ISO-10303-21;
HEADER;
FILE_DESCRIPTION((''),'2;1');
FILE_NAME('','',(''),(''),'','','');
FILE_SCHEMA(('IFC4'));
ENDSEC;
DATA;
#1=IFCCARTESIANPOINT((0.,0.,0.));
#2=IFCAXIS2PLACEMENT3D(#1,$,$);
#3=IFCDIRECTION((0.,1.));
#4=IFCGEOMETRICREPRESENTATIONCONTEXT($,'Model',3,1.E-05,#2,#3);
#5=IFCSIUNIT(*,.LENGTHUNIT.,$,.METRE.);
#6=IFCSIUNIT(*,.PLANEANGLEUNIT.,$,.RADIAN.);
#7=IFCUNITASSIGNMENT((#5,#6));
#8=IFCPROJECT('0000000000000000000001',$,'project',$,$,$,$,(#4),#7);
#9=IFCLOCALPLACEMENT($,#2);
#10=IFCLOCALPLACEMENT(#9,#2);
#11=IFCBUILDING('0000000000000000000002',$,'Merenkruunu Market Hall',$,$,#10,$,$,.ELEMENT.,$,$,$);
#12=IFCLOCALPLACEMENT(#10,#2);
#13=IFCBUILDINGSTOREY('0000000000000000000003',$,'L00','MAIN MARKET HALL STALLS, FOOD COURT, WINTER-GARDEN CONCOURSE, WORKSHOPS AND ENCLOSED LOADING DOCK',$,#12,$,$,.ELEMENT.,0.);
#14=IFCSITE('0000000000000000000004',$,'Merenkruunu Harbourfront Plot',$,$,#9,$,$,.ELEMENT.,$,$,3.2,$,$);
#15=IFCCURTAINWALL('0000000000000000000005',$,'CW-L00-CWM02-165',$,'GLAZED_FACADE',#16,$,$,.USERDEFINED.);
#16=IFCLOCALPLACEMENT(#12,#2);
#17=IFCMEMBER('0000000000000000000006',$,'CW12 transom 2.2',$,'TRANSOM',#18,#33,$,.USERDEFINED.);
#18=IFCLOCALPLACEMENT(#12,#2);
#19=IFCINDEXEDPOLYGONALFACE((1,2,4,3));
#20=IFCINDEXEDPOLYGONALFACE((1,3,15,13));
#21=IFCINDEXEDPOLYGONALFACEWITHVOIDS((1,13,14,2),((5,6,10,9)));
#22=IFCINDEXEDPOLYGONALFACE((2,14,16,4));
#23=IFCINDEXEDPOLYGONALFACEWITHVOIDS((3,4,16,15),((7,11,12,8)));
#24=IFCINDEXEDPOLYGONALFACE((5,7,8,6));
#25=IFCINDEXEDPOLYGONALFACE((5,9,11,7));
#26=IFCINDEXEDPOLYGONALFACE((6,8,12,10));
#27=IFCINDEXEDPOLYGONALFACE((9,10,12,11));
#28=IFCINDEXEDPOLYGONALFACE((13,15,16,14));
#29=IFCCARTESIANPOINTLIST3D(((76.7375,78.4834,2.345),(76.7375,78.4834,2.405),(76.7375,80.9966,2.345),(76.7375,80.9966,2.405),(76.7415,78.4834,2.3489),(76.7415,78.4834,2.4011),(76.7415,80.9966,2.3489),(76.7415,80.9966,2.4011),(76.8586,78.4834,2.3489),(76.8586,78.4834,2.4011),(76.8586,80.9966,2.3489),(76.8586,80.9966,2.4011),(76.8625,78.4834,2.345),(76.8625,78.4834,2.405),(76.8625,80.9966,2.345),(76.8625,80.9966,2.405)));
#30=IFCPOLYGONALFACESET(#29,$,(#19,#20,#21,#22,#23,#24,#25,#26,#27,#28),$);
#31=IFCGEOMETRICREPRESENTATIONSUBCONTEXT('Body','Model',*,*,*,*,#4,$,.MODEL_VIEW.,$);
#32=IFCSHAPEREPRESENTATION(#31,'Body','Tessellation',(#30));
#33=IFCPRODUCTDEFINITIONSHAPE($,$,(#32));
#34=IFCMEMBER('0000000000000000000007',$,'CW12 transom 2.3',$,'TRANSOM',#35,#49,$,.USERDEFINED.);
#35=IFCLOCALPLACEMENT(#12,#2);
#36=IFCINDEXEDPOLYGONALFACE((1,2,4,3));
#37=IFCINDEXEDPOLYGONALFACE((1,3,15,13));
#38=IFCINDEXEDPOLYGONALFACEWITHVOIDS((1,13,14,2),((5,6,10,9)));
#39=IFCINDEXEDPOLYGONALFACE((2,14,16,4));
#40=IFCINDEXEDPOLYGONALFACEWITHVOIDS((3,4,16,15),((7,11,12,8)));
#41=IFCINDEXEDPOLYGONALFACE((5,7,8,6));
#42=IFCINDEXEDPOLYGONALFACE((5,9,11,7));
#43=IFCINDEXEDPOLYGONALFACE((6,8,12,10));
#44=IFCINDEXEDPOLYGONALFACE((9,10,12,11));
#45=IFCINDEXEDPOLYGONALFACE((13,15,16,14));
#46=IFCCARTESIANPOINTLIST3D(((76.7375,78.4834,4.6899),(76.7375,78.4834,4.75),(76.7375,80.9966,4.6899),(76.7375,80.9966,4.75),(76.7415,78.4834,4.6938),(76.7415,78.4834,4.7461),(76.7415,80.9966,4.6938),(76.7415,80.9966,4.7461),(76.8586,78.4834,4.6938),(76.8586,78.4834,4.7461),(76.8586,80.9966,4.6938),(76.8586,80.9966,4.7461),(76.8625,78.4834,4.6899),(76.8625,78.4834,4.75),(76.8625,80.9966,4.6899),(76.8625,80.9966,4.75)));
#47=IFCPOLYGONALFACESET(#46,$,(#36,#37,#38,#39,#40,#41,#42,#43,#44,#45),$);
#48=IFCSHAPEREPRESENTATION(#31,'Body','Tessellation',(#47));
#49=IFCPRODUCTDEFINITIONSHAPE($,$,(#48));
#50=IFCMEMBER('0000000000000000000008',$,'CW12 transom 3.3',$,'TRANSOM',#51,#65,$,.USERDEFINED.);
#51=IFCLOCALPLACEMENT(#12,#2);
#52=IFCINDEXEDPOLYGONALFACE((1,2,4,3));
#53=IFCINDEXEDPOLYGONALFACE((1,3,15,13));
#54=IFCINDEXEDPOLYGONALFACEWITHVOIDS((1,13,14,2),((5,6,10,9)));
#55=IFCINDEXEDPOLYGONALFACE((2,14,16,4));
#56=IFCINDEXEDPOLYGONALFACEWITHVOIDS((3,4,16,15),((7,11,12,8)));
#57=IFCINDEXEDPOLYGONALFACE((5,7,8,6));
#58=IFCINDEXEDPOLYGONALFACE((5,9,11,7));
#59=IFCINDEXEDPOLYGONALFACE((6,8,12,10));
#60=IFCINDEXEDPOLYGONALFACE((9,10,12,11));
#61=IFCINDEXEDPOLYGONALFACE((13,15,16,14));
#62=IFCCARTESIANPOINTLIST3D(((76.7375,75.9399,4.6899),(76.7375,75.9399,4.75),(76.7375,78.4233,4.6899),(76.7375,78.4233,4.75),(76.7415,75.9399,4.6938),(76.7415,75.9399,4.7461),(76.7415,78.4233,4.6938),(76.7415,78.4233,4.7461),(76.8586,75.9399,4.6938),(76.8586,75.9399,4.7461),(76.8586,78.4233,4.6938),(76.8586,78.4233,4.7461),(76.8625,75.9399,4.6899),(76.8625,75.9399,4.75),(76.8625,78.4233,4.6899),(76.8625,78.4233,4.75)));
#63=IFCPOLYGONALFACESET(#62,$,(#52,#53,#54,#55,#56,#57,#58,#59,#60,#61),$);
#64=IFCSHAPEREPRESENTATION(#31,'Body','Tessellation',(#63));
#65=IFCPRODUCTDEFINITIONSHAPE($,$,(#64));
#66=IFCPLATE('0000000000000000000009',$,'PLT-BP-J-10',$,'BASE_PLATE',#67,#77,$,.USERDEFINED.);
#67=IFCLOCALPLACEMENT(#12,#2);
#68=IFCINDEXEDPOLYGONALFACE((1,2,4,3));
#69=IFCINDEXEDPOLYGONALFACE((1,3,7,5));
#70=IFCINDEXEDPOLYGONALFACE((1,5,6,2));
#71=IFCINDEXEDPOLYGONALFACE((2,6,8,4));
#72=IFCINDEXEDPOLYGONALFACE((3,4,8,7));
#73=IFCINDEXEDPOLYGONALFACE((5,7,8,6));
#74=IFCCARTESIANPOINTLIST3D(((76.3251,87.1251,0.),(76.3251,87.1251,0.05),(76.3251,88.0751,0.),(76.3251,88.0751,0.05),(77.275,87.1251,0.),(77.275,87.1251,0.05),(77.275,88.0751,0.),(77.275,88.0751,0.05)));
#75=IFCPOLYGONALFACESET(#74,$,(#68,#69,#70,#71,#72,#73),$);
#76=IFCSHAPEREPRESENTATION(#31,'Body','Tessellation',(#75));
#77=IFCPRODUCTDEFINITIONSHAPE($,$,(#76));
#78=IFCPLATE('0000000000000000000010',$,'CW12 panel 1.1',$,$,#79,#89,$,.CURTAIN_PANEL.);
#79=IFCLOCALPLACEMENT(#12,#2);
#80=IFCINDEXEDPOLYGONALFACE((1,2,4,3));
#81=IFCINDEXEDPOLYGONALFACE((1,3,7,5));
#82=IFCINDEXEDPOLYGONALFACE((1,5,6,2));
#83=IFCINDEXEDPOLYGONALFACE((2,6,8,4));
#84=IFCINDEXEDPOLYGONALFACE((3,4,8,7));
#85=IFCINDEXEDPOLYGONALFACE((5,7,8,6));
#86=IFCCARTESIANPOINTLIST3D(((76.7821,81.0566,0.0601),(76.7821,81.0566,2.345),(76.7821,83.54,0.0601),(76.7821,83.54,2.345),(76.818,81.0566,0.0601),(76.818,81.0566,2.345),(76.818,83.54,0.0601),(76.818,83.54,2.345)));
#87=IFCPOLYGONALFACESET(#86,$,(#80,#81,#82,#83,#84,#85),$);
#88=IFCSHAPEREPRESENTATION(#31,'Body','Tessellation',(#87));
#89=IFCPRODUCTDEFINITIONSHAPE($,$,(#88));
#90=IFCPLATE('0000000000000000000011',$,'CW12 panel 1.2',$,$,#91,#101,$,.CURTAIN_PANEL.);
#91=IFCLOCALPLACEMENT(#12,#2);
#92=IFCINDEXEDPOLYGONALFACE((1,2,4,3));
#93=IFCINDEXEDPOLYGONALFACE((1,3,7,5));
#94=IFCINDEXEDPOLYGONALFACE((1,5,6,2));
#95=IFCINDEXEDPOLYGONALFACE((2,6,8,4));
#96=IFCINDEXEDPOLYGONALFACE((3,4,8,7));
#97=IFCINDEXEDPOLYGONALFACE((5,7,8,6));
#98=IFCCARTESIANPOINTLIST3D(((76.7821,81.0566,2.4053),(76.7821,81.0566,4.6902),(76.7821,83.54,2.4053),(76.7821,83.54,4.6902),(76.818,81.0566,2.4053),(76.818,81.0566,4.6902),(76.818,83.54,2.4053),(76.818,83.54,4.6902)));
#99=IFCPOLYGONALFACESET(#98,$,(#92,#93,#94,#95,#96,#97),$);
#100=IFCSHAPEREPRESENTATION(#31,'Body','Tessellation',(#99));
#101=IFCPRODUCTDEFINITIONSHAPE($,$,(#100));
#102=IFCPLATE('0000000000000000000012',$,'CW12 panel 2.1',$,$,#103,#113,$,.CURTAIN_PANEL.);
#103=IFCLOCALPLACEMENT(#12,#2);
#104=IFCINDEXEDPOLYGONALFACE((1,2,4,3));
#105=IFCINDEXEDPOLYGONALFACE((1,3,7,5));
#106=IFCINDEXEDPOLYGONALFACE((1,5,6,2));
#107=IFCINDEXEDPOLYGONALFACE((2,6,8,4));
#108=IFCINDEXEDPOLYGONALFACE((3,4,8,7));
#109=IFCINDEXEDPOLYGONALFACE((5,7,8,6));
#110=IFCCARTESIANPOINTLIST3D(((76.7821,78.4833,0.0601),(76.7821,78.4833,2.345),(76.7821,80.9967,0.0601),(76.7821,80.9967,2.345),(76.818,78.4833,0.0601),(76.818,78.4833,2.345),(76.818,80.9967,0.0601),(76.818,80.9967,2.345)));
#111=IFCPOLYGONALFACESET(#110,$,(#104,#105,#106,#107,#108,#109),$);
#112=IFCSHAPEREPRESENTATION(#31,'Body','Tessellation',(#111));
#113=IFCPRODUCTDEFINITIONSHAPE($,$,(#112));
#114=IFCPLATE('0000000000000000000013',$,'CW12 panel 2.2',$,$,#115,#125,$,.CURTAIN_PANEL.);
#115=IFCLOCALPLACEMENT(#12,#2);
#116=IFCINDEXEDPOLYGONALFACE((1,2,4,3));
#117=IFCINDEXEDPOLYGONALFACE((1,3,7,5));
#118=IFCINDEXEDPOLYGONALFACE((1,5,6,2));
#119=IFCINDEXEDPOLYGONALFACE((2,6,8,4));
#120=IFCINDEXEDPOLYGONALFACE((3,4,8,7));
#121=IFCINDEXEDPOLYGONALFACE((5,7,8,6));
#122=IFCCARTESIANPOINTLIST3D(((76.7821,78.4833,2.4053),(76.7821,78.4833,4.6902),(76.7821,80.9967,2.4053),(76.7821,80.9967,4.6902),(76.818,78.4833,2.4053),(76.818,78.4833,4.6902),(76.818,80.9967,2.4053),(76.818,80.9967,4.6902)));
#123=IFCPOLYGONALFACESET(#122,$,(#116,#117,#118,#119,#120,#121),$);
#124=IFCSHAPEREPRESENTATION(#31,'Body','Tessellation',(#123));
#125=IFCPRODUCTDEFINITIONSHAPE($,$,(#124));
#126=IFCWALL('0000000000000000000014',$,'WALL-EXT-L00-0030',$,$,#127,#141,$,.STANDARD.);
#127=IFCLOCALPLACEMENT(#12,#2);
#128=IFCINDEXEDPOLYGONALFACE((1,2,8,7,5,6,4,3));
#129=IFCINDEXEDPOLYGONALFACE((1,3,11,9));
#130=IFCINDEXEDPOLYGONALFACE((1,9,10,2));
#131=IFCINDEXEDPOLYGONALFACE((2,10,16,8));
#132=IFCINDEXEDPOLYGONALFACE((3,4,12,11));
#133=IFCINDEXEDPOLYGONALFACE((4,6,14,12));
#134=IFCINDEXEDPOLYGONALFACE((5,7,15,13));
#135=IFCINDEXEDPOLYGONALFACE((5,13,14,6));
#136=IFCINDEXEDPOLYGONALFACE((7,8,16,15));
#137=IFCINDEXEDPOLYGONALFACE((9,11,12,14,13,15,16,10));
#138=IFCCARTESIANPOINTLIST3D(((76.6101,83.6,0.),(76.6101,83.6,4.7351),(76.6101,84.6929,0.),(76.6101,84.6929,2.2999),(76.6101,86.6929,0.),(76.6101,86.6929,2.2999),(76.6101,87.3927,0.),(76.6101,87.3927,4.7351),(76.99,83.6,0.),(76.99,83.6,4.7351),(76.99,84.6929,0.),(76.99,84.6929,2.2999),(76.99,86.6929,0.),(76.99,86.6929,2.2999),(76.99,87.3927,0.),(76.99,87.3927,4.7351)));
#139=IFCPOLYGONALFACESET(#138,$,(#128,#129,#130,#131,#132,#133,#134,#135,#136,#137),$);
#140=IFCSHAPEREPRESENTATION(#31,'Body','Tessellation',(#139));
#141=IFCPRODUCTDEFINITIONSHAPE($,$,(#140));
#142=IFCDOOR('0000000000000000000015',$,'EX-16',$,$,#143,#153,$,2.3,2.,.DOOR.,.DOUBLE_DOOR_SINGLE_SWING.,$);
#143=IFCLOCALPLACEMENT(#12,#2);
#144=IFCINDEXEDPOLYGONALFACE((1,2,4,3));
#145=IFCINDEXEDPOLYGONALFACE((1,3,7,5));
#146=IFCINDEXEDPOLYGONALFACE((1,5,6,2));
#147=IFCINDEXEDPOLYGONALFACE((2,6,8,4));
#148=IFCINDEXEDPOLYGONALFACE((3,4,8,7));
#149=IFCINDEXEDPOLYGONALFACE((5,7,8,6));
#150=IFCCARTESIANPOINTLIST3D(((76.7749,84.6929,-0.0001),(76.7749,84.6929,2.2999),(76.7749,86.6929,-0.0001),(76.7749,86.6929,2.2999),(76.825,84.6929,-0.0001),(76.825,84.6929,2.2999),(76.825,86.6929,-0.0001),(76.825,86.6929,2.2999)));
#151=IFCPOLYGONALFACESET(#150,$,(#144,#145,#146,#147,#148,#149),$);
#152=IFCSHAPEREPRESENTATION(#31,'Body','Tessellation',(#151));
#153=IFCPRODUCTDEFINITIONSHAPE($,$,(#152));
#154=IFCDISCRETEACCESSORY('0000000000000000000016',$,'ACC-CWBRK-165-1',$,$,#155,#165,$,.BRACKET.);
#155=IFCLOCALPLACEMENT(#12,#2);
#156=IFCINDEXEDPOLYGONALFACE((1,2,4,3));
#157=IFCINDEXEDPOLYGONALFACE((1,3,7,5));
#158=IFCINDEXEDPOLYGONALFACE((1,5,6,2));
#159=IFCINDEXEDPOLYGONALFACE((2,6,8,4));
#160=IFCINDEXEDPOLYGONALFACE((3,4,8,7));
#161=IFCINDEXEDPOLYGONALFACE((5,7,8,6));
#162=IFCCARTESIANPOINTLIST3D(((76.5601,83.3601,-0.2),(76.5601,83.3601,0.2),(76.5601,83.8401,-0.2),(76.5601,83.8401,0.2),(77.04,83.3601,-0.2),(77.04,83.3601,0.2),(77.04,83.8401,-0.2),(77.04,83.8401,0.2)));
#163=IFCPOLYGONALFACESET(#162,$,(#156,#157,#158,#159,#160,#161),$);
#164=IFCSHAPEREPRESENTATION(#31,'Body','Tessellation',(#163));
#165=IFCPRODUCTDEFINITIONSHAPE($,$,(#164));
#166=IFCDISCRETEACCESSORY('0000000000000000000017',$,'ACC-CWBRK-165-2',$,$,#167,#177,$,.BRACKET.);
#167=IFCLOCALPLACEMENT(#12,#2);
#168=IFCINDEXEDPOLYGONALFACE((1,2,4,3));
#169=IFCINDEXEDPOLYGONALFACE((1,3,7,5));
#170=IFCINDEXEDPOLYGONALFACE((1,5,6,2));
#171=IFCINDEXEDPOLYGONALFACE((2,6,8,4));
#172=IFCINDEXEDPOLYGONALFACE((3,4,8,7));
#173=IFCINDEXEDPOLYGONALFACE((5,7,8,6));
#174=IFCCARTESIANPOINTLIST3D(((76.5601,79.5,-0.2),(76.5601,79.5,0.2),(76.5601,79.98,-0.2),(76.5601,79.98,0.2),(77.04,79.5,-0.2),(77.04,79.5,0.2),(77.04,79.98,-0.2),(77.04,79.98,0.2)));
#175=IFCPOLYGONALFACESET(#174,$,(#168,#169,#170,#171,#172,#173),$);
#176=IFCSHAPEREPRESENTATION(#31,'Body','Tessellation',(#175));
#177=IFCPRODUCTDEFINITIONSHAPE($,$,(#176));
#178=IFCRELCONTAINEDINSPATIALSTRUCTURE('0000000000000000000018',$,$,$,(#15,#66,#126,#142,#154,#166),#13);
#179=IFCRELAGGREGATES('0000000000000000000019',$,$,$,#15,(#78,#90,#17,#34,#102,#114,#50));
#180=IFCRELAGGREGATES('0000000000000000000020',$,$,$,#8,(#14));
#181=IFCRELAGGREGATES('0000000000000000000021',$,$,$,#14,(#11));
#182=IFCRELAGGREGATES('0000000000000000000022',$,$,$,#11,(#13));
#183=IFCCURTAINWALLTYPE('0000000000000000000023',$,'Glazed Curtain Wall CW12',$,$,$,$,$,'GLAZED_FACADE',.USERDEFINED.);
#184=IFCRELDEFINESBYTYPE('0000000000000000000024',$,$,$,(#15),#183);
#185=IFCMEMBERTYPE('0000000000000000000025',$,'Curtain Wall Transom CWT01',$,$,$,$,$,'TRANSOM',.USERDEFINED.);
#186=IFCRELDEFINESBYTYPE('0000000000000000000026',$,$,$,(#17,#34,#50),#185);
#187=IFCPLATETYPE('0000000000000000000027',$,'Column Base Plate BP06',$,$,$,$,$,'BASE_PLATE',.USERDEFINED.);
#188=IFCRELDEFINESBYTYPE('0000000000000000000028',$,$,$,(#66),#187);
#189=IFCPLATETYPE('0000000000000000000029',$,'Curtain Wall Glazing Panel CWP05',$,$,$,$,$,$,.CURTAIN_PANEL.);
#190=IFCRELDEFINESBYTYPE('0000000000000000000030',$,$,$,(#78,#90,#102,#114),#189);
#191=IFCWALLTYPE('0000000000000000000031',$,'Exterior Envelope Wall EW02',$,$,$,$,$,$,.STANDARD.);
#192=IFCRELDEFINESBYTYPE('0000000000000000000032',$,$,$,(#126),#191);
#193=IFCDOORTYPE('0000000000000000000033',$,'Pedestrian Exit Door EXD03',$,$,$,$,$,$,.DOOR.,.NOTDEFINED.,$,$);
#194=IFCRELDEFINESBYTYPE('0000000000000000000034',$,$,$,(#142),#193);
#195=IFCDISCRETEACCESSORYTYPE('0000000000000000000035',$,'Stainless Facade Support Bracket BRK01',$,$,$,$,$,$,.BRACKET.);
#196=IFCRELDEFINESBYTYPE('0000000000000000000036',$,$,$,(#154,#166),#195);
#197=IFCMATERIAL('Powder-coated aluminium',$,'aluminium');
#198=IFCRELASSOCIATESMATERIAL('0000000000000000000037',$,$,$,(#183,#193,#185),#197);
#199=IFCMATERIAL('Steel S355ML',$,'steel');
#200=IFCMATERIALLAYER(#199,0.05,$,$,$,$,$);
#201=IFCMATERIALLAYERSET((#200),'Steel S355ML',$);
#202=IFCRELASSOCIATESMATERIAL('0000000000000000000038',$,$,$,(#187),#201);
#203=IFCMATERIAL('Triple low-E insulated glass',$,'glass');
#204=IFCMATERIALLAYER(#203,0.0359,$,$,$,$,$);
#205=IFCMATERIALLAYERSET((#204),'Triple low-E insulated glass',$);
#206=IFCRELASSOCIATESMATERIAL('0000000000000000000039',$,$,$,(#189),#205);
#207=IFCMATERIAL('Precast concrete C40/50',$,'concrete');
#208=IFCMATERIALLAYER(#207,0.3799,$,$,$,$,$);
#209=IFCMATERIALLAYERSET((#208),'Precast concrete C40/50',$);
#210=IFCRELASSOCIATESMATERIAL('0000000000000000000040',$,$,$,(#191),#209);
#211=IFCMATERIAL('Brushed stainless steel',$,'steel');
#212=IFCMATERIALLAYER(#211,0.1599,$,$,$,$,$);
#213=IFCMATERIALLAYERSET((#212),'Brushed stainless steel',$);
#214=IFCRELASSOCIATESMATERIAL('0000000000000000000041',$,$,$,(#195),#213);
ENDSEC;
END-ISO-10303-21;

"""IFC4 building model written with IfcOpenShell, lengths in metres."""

from ifc_helpers import new_model, si_unit, direction, frame, frame_2d, origin, origin_2d, place, context, subcontext, project, spatial, rectangle, hollow_rectangle, extrude, material, layer, layer_set, material_profile, profile_set, type_object, element, fill, aggregate, save


model = new_model("IFC4")

# Units and contexts
model_context = context("Model", 3, precision=1e-05, world=origin(), true_north=direction((0.0, 1.0)))
body_context = subcontext(model_context, "Body", "Model", "MODEL_VIEW")
ifc_project = project(units=[si_unit("LENGTHUNIT", "METRE"), si_unit("PLANEANGLEUNIT", "RADIAN")], contexts=[model_context])

# Site, building, storey
site_placement = place(None, origin())
site = spatial("IfcSite", under=ifc_project, at=site_placement, Name="Merenkruunu Harbourfront Plot", CompositionType="ELEMENT", RefElevation=3.2)
building_placement = place(site_placement, origin())
building = spatial("IfcBuilding", under=site, at=building_placement, Name="Merenkruunu Market Hall", CompositionType="ELEMENT")
storey_placement = place(building_placement, origin())
storey = spatial("IfcBuildingStorey", under=building, at=storey_placement, Name="L00", Description="MAIN MARKET HALL STALLS, FOOD COURT, WINTER-GARDEN CONCOURSE, WORKSHOPS AND ENCLOSED LOADING DOCK", CompositionType="ELEMENT", Elevation=0.0)

# Shared definitions
ifc_material_1 = material(Name="Steel S355ML", Category="steel")

# Curtain wall, members
ifc_material_2 = material(Name="Powder-coated aluminium", Category="aluminium")
curtain_wall_type = type_object("IfcCurtainWallType", Name="Glazed Curtain Wall CW12", ElementType="GLAZED_FACADE", PredefinedType="USERDEFINED", material=ifc_material_2)
curtain_wall_placement = place(storey_placement, origin())
curtain_wall = element("IfcCurtainWall", 1, at=curtain_wall_placement, inside=storey, type_object=curtain_wall_type, Name="CW-L00-CWM02-165", ObjectType="GLAZED_FACADE", PredefinedType="USERDEFINED")
ifc_material_profile_1 = material_profile(ifc_material_2, hollow_rectangle(XDim=0.0601, YDim=0.125, WallThickness=0.0039, at=origin_2d()), Name="ALU 60x125x4")
ifc_profile_set_1 = profile_set([ifc_material_profile_1], Name="Powder-coated aluminium")
member_type_1 = type_object("IfcMemberType", Name="Curtain Wall Transom CWT01", ElementType="TRANSOM", PredefinedType="USERDEFINED", material=ifc_profile_set_1)
member_1_placement = place(storey_placement, frame((76.8, 80.9966, 2.375), z_axis=(0.0, -1.0, 0.0), x_axis=(0.0, 0.0, 1.0)))
member_1 = element("IfcMember", 2, at=member_1_placement, type_object=member_type_1, Name="CW12 transom 2.2", ObjectType="TRANSOM", PredefinedType="USERDEFINED", context=body_context, shape_type="SweptSolid", body=[
    extrude(hollow_rectangle(XDim=0.0601, YDim=0.125, WallThickness=0.0039, at=origin_2d()), origin(), (0.0, 0.0, 1.0), 2.5132),
])
member_2_placement = place(storey_placement, frame((76.8, 80.9966, 4.72), z_axis=(0.0, -1.0, 0.0), x_axis=(0.0, 0.0, 1.0)))
member_2 = element("IfcMember", 3, at=member_2_placement, type_object=member_type_1, Name="CW12 transom 2.3", ObjectType="TRANSOM", PredefinedType="USERDEFINED", context=body_context, shape_type="SweptSolid", body=[
    extrude(hollow_rectangle(XDim=0.0601, YDim=0.125, WallThickness=0.0039, at=origin_2d()), origin(), (0.0, 0.0, 1.0), 2.5132),
])
member_3_placement = place(storey_placement, frame((76.8, 78.4233, 4.72), z_axis=(0.0, -1.0, 0.0), x_axis=(0.0, 0.0, 1.0)))
member_3 = element("IfcMember", 4, at=member_3_placement, type_object=member_type_1, Name="CW12 transom 3.3", ObjectType="TRANSOM", PredefinedType="USERDEFINED", context=body_context, shape_type="SweptSolid", body=[
    extrude(hollow_rectangle(XDim=0.0601, YDim=0.125, WallThickness=0.0039, at=origin_2d()), origin(), (0.0, 0.0, 1.0), 2.4834),
])

# Plates
ifc_layer_1 = layer(ifc_material_1, 0.05)
ifc_layer_set_1 = layer_set([ifc_layer_1], Name="Steel S355ML")
plate_type_1 = type_object("IfcPlateType", Name="Column Base Plate BP06", ElementType="BASE_PLATE", PredefinedType="USERDEFINED", material=ifc_layer_set_1)
plate_1_placement = place(storey_placement, frame((76.8, 87.6001, 0.0), z_axis=(0.0, 0.0, 1.0), x_axis=(1.0, 0.0, 0.0)))
element("IfcPlate", 5, at=plate_1_placement, inside=storey, type_object=plate_type_1, Name="PLT-BP-J-10", ObjectType="BASE_PLATE", PredefinedType="USERDEFINED", context=body_context, shape_type="SweptSolid", body=[
    extrude(rectangle(XDim=0.95, YDim=0.95, at=origin_2d()), origin(), (0.0, 0.0, 1.0), 0.05),
])
ifc_material_3 = material(Name="Triple low-E insulated glass", Category="glass")
ifc_layer_2 = layer(ifc_material_3, 0.0359)
ifc_layer_set_2 = layer_set([ifc_layer_2], Name="Triple low-E insulated glass")
plate_type_2 = type_object("IfcPlateType", Name="Curtain Wall Glazing Panel CWP05", PredefinedType="CURTAIN_PANEL", material=ifc_layer_set_2)
plate_2_placement = place(storey_placement, frame((76.8, 82.2983, 0.0601), z_axis=(0.0, 0.0, 1.0), x_axis=(0.0, -1.0, 0.0)))
plate_2 = element("IfcPlate", 6, at=plate_2_placement, type_object=plate_type_2, Name="CW12 panel 1.1", PredefinedType="CURTAIN_PANEL", context=body_context, shape_type="SweptSolid", body=[
    extrude(rectangle(XDim=2.4834, YDim=0.0359, at=origin_2d()), origin(), (0.0, 0.0, 1.0), 2.2849),
])
plate_3_placement = place(storey_placement, frame((76.8, 82.2983, 2.4053), z_axis=(0.0, 0.0, 1.0), x_axis=(0.0, -1.0, 0.0)))
plate_3 = element("IfcPlate", 7, at=plate_3_placement, type_object=plate_type_2, Name="CW12 panel 1.2", PredefinedType="CURTAIN_PANEL", context=body_context, shape_type="SweptSolid", body=[
    extrude(rectangle(XDim=2.4834, YDim=0.0359, at=origin_2d()), origin(), (0.0, 0.0, 1.0), 2.2849),
])
plate_4_placement = place(storey_placement, frame((76.8, 79.74, 0.0601), z_axis=(0.0, 0.0, 1.0), x_axis=(0.0, -1.0, 0.0)))
plate_4 = element("IfcPlate", 8, at=plate_4_placement, type_object=plate_type_2, Name="CW12 panel 2.1", PredefinedType="CURTAIN_PANEL", context=body_context, shape_type="SweptSolid", body=[
    extrude(rectangle(XDim=2.5134, YDim=0.0359, at=origin_2d()), origin(), (0.0, 0.0, 1.0), 2.2849),
])
plate_5_placement = place(storey_placement, frame((76.8, 79.74, 2.4053), z_axis=(0.0, 0.0, 1.0), x_axis=(0.0, -1.0, 0.0)))
plate_5 = element("IfcPlate", 9, at=plate_5_placement, type_object=plate_type_2, Name="CW12 panel 2.2", PredefinedType="CURTAIN_PANEL", context=body_context, shape_type="SweptSolid", body=[
    extrude(rectangle(XDim=2.5134, YDim=0.0359, at=origin_2d()), origin(), (0.0, 0.0, 1.0), 2.2849),
])
aggregate(curtain_wall, [plate_2, plate_3, member_1, member_2, plate_4, plate_5, member_3])

# Wall, opening, door
ifc_material_4 = material(Name="Precast concrete C40/50", Category="concrete")
ifc_layer_3 = layer(ifc_material_4, 0.3799)
ifc_layer_set_3 = layer_set([ifc_layer_3], Name="Precast concrete C40/50")
wall_type = type_object("IfcWallType", Name="Exterior Envelope Wall EW02", PredefinedType="STANDARD", material=ifc_layer_set_3)
wall_placement = place(storey_placement, frame((76.8, 87.3928, 0.0), z_axis=(0.0, 0.0, 1.0), x_axis=(0.0, -1.0, 0.0)))
wall = element("IfcWall", 10, at=wall_placement, inside=storey, type_object=wall_type, Name="WALL-EXT-L00-0030", PredefinedType="STANDARD", context=body_context, shape_type="SweptSolid", body=[
    extrude(rectangle(XDim=3.7927, YDim=0.3799, at=frame_2d((1.8965, 0.0))), origin(), (0.0, 0.0, 1.0), 4.7351),
])
opening_placement = place(wall_placement, frame((0.7, 0.0, 0.0)))
opening = element("IfcOpeningElement", 11, at=opening_placement, cuts=wall, PredefinedType="OPENING", context=body_context, shape_type="SweptSolid", body=[
    extrude(rectangle(XDim=2.0, YDim=2.3, at=frame_2d((1.0, 1.1499))), frame((0.0, 0.2, 0.0), z_axis=(0.0, -1.0, 0.0), x_axis=(1.0, 0.0, 0.0)), (0.0, 0.0, 1.0), 0.3999),
])
door_type = type_object("IfcDoorType", Name="Pedestrian Exit Door EXD03", OperationType="NOTDEFINED", PredefinedType="DOOR", material=ifc_material_2)
door_placement = place(opening_placement, origin())
door = element("IfcDoor", 12, at=door_placement, inside=storey, type_object=door_type, Name="EX-16", OperationType="DOUBLE_DOOR_SINGLE_SWING", OverallHeight=2.3, OverallWidth=2.0, PredefinedType="DOOR", context=body_context, shape_type="SweptSolid", body=[
    extrude(rectangle(XDim=2.0, YDim=2.3, at=frame_2d((1.0, 1.1499))), frame((0.0, 0.0249, 0.0), z_axis=(0.0, -1.0, 0.0), x_axis=(1.0, 0.0, 0.0)), (0.0, 0.0, 1.0), 0.05),
])
fill(opening, door)

# Discrete accessories
ifc_material_5 = material(Name="Brushed stainless steel", Category="steel")
ifc_layer_4 = layer(ifc_material_5, 0.1599)
ifc_layer_set_4 = layer_set([ifc_layer_4], Name="Brushed stainless steel")
discrete_accessory_type = type_object("IfcDiscreteAccessoryType", Name="Stainless Facade Support Bracket BRK01", PredefinedType="BRACKET", material=ifc_layer_set_4)
for number, where, z_axis, x_axis, name in (
    (13, (76.8, 83.6001, -0.2), (0.0, 0.0, 1.0), (1.0, 0.0, 0.0), "ACC-CWBRK-165-1"),
    (14, (76.8, 79.74, -0.2), (0.0, 0.0, 1.0), (1.0, 0.0, 0.0), "ACC-CWBRK-165-2"),
):
    element("IfcDiscreteAccessory", number, at=place(storey_placement, frame(where, z_axis=z_axis, x_axis=x_axis)), inside=storey, type_object=discrete_accessory_type, Name=name, PredefinedType="BRACKET", context=body_context, shape_type="SweptSolid", body=[
        extrude(rectangle(XDim=0.48, YDim=0.48, at=origin_2d()), origin(), (0.0, 0.0, 1.0), 0.3999),
    ])

save(model, "model.ifc")
